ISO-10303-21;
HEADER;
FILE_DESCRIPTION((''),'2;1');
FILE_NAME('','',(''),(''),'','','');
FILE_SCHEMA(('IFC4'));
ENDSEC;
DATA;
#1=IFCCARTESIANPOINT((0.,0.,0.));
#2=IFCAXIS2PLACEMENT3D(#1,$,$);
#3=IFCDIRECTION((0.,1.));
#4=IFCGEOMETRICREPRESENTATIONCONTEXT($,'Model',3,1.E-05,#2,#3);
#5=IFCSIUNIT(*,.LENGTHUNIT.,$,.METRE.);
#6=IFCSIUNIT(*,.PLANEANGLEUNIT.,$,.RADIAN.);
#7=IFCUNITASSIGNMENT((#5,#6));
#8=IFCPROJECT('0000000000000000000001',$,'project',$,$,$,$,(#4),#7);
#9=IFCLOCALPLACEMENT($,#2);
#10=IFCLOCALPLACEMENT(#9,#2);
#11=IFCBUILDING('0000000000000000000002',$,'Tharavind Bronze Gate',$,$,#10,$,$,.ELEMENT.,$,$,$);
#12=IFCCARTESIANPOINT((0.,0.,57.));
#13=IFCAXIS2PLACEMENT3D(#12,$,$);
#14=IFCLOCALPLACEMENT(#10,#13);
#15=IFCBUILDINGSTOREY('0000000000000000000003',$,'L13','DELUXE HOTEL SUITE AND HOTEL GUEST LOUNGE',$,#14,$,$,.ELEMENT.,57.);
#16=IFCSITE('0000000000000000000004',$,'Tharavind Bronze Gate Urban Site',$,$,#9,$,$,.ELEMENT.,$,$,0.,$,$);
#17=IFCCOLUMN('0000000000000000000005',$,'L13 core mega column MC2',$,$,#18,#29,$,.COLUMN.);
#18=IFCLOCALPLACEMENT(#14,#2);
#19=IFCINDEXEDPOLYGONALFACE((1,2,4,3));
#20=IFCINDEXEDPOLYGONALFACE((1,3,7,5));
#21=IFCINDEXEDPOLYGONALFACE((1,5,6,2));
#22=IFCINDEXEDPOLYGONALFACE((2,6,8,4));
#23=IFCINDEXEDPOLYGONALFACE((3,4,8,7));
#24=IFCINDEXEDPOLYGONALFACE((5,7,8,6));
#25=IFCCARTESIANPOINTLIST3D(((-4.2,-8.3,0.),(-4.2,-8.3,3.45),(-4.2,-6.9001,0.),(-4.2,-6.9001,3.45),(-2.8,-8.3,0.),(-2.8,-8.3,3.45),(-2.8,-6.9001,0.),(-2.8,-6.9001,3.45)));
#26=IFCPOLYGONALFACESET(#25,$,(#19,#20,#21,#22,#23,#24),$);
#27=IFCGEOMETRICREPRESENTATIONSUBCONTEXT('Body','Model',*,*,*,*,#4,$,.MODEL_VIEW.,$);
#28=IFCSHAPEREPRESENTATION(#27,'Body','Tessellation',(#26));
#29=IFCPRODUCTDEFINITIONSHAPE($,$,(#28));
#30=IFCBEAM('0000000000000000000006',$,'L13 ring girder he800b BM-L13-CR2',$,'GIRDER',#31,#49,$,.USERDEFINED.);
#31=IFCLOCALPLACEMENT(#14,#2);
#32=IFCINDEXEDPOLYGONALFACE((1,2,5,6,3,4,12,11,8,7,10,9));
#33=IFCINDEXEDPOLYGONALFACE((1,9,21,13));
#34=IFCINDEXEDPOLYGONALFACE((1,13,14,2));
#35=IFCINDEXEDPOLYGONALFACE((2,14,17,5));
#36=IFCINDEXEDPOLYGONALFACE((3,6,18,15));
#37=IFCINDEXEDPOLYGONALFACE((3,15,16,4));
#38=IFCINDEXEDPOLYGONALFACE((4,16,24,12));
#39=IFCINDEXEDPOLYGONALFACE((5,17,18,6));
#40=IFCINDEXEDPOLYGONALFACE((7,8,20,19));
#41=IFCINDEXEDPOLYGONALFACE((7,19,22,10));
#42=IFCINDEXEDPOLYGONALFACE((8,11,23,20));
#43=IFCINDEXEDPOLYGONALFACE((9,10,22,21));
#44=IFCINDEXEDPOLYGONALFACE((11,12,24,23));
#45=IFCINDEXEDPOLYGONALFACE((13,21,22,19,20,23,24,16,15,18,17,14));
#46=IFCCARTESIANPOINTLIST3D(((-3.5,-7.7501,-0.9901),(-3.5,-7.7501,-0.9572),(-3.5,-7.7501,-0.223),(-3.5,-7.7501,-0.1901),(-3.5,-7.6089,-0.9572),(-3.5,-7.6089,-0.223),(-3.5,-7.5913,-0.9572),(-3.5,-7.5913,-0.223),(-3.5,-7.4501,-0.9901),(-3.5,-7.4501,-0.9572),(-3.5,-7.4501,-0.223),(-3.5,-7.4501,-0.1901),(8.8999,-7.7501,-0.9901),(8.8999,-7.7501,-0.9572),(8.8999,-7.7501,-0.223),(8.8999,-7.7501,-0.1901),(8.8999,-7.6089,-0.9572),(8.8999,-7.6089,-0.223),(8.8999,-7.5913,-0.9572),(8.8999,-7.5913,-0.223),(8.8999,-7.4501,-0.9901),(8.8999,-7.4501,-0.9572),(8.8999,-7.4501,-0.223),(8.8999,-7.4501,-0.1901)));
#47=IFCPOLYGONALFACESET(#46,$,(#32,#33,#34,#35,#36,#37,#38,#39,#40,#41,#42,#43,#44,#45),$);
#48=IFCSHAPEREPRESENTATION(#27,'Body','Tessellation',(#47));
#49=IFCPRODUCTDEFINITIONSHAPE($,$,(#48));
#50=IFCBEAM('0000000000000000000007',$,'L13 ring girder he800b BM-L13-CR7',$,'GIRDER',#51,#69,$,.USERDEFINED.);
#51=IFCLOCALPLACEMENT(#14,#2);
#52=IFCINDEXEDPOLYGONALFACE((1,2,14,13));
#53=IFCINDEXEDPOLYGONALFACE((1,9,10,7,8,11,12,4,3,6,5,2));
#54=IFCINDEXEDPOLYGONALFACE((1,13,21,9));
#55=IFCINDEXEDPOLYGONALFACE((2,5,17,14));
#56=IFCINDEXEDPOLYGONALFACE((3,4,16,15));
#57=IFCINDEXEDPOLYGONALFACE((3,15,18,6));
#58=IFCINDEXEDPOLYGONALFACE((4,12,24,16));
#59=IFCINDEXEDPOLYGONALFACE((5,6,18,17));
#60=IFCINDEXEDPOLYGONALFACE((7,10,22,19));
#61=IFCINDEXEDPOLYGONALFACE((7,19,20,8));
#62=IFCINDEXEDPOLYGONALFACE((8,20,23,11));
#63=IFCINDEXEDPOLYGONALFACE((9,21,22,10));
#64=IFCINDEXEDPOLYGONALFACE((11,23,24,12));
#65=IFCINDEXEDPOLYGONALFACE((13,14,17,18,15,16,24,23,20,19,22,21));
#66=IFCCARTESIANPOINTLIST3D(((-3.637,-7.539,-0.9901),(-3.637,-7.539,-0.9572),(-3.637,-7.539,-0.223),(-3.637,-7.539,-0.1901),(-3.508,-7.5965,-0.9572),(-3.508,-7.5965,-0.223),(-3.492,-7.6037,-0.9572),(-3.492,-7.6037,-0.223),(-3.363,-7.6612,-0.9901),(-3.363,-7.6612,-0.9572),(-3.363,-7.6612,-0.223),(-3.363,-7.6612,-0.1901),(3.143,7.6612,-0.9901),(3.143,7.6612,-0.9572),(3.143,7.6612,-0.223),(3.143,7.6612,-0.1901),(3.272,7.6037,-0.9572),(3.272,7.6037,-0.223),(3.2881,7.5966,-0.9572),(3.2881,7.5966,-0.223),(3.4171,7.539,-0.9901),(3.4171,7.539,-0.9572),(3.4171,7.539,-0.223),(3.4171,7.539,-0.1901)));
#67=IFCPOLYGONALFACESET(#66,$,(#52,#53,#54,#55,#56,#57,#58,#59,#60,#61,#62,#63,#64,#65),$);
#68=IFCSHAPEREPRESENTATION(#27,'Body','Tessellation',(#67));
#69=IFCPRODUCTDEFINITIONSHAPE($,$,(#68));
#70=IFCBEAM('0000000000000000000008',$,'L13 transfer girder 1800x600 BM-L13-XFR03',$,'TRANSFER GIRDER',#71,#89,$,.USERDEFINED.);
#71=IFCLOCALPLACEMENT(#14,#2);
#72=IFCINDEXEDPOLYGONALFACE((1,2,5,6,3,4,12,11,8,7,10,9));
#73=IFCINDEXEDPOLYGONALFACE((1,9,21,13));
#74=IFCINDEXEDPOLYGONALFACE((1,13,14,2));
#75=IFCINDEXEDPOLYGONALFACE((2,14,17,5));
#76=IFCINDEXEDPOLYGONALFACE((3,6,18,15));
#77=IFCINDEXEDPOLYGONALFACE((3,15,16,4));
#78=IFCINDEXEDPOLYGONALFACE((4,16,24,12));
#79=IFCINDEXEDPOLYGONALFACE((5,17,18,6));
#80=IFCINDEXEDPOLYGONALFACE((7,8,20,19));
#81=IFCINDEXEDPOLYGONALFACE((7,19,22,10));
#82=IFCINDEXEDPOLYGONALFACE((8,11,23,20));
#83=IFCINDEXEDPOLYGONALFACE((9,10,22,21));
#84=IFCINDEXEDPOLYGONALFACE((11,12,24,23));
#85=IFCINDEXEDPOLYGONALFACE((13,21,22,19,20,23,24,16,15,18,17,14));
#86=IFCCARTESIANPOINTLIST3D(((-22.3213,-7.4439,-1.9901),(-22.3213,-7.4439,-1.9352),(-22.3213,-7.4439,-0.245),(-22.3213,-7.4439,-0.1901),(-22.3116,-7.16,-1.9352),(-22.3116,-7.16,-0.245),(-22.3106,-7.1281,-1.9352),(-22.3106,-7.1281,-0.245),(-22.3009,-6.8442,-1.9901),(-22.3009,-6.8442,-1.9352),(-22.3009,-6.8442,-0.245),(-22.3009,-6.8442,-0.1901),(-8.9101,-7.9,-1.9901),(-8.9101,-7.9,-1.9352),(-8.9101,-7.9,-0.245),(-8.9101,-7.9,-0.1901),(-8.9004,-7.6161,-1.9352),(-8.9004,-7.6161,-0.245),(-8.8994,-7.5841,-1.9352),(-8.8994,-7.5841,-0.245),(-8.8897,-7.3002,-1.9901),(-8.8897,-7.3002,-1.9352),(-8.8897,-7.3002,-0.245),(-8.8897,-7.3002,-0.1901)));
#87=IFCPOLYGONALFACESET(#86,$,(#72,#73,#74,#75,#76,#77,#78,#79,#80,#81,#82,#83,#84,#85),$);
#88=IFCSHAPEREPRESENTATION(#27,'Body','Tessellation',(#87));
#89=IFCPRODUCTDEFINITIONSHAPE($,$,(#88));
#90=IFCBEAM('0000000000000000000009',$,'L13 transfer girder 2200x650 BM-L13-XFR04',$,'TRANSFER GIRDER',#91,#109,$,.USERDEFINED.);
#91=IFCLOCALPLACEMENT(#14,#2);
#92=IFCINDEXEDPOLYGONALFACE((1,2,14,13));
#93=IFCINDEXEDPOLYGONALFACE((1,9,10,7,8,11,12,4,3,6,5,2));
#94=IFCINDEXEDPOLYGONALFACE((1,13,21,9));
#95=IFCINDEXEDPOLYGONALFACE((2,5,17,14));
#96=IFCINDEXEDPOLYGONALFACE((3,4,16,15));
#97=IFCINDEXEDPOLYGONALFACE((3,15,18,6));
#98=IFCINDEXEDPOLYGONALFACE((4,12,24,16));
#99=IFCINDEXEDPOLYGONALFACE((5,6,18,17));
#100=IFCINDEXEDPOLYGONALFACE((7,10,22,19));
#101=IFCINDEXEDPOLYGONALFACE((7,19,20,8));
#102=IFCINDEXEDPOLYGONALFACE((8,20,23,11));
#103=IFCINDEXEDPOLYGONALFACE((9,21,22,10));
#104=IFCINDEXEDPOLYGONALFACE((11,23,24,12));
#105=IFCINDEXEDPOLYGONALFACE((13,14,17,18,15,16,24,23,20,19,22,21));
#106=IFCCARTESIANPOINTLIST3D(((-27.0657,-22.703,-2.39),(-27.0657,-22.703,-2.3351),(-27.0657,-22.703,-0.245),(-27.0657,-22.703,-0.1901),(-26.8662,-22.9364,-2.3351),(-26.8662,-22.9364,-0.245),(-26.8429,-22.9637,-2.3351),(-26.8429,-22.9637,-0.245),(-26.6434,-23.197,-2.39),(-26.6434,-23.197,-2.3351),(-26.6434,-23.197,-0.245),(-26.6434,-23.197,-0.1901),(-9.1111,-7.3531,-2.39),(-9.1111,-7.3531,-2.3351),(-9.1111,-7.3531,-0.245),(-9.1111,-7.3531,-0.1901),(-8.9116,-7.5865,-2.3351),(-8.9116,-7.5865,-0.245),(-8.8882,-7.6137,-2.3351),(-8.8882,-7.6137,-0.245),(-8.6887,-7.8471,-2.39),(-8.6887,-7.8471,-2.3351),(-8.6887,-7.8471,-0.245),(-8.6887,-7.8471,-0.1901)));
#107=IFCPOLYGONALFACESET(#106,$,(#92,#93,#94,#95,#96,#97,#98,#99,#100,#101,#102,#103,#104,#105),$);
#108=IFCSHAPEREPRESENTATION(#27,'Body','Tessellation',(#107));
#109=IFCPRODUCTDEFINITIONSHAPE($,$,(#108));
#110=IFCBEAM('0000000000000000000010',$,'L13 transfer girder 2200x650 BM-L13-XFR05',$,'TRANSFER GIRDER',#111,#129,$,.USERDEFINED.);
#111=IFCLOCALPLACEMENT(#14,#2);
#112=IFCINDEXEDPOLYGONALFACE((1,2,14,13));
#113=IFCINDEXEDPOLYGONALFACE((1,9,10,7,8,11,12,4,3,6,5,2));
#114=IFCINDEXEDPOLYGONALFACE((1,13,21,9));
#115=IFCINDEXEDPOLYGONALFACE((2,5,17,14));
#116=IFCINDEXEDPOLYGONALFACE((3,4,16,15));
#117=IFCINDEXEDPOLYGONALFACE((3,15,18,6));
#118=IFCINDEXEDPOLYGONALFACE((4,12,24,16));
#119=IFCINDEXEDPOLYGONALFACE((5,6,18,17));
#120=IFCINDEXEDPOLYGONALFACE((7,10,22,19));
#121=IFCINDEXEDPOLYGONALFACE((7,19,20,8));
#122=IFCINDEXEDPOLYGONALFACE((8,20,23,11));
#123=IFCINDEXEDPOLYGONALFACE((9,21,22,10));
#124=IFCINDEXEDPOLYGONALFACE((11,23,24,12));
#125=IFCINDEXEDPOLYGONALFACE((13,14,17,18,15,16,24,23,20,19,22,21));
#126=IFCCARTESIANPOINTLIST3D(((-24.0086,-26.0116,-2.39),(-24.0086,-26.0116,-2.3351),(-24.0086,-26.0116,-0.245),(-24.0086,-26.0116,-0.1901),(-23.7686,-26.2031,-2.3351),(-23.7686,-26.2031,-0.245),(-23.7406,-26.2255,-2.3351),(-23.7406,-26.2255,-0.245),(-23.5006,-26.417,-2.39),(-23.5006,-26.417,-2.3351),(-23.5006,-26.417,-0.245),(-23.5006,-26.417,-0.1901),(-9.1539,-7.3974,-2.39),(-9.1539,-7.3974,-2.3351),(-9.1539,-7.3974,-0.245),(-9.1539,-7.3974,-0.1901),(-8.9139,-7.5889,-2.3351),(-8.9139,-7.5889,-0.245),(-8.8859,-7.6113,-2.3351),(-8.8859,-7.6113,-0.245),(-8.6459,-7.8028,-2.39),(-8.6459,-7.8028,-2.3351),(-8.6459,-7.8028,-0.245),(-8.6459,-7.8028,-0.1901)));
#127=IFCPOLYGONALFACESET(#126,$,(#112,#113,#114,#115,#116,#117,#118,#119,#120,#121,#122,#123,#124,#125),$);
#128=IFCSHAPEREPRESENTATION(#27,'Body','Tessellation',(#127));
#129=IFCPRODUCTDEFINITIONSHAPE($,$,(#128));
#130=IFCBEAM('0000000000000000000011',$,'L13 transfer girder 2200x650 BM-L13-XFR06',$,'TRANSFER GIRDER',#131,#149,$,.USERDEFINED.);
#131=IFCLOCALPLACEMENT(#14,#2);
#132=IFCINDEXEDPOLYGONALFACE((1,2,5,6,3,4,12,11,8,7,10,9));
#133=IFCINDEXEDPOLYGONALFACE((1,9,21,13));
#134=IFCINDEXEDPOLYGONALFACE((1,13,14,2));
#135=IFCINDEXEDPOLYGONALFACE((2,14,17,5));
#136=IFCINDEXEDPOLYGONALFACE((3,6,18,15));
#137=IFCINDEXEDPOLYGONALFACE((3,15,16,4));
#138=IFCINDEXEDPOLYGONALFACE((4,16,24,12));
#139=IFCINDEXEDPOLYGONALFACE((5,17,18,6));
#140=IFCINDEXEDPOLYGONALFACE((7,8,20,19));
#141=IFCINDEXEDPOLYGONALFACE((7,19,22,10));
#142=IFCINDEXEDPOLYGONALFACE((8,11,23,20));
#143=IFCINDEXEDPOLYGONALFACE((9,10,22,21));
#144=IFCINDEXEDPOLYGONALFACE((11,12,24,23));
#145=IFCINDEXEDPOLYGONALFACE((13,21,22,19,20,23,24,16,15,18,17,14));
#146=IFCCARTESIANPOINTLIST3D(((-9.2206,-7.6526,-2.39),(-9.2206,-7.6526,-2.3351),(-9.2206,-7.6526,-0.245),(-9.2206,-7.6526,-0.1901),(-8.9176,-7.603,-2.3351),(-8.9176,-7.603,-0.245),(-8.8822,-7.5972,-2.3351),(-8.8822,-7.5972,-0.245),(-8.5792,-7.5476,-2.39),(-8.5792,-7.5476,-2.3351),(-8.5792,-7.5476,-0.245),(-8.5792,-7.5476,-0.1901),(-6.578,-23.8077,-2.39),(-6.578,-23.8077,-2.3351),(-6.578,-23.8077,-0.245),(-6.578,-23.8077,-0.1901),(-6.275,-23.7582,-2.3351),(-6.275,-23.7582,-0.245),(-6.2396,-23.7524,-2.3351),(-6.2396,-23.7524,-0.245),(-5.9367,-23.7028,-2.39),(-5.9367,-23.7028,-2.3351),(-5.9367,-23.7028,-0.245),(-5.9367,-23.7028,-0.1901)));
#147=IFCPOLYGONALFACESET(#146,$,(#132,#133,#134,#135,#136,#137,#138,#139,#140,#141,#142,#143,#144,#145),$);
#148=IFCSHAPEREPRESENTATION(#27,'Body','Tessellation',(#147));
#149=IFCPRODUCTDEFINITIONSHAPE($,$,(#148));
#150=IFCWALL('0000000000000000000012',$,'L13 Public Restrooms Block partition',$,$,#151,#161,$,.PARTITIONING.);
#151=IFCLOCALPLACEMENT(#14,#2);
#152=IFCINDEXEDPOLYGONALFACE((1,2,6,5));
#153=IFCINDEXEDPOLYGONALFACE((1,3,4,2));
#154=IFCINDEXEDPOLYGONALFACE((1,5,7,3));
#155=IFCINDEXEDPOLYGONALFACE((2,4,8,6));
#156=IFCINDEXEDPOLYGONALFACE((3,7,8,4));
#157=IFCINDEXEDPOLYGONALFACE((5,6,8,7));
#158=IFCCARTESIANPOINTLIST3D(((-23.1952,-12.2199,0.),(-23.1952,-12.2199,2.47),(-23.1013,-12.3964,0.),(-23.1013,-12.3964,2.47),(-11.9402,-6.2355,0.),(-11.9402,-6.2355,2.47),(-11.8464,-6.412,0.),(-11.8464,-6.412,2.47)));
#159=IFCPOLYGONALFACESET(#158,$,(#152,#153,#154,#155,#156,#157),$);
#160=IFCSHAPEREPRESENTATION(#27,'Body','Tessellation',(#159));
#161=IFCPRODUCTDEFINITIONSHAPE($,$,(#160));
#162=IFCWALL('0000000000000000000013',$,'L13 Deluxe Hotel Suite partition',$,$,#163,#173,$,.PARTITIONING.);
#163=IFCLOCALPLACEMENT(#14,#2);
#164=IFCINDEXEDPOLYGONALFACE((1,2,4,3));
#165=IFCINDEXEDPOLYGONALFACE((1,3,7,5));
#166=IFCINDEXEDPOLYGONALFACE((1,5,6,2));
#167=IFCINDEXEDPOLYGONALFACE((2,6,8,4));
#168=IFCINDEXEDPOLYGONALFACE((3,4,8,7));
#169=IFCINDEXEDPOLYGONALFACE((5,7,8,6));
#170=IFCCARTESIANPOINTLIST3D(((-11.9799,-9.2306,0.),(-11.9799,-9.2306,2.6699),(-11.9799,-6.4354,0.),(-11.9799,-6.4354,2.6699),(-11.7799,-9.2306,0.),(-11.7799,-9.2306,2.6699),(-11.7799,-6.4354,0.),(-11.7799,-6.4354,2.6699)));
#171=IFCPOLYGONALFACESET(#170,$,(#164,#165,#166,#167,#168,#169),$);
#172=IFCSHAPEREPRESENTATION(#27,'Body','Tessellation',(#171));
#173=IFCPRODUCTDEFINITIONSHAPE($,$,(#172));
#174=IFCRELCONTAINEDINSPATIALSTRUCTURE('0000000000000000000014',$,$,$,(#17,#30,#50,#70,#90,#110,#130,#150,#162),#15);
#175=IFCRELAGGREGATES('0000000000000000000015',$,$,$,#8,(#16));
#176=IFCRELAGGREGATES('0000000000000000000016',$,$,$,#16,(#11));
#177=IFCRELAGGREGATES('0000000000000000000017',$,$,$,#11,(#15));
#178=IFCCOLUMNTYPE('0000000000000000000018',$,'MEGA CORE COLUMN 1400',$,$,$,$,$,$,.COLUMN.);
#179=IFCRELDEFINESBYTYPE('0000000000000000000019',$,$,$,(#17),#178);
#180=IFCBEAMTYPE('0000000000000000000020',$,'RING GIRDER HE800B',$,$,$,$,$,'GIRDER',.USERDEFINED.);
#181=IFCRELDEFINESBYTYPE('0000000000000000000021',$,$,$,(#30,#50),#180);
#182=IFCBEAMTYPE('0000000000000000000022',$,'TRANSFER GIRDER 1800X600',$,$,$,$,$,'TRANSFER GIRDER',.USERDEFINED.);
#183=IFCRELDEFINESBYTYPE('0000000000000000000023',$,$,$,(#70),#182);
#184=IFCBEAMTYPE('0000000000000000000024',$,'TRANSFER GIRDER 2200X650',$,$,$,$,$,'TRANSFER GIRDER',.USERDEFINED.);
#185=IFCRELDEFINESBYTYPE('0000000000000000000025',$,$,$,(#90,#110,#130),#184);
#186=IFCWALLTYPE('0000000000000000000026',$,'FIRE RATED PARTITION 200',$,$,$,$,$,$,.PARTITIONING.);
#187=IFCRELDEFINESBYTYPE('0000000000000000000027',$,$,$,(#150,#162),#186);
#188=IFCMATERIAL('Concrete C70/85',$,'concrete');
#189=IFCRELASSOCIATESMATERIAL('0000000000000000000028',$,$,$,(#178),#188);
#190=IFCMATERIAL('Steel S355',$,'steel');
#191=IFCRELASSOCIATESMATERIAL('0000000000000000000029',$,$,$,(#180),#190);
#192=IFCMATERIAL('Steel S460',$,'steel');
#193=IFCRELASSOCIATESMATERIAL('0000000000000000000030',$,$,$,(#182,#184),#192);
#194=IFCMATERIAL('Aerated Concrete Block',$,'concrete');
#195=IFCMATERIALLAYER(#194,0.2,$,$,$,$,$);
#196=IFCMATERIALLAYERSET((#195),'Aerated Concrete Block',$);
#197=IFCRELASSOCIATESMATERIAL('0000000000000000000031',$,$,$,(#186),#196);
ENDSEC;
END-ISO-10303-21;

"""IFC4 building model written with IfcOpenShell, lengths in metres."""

from ifc_helpers import new_model, si_unit, direction, frame, frame_2d, origin, origin_2d, place, context, subcontext, project, spatial, rectangle, i_section, extrude, material, layer, layer_set, material_profile, profile_set, type_object, element, save


model = new_model("IFC4")

# Units and contexts
model_context = context("Model", 3, precision=1e-05, world=origin(), true_north=direction((0.0, 1.0)))
body_context = subcontext(model_context, "Body", "Model", "MODEL_VIEW")
ifc_project = project(units=[si_unit("LENGTHUNIT", "METRE"), si_unit("PLANEANGLEUNIT", "RADIAN")], contexts=[model_context])

# Site, building, storey
site_placement = place(None, origin())
site = spatial("IfcSite", under=ifc_project, at=site_placement, Name="Tharavind Bronze Gate Urban Site", CompositionType="ELEMENT", RefElevation=0.0)
building_placement = place(site_placement, origin())
building = spatial("IfcBuilding", under=site, at=building_placement, Name="Tharavind Bronze Gate", CompositionType="ELEMENT")
storey_placement = place(building_placement, frame((0.0, 0.0, 57.0)))
storey = spatial("IfcBuildingStorey", under=building, at=storey_placement, Name="L13", Description="DELUXE HOTEL SUITE AND HOTEL GUEST LOUNGE", CompositionType="ELEMENT", Elevation=57.0)

# Column
ifc_material_1 = material(Name="Concrete C70/85", Category="concrete")
ifc_material_profile_1 = material_profile(ifc_material_1, rectangle(XDim=1.3999, YDim=1.3999, at=origin_2d()), Name="RCCOL1400")
ifc_profile_set_1 = profile_set([ifc_material_profile_1], Name="Concrete C70/85")
column_type = type_object("IfcColumnType", Name="MEGA CORE COLUMN 1400", PredefinedType="COLUMN", material=ifc_profile_set_1)
column_placement = place(storey_placement, frame((-3.5, -7.6001, 0.0), z_axis=(0.0, 0.0, 1.0), x_axis=(1.0, 0.0, 0.0)))
element("IfcColumn", 1, at=column_placement, inside=storey, type_object=column_type, Name="L13 core mega column MC2", PredefinedType="COLUMN", context=body_context, shape_type="SweptSolid", body=[
    extrude(rectangle(XDim=1.3999, YDim=1.3999, at=origin_2d()), origin(), (0.0, 0.0, 1.0), 3.45),
])

# Beams
ifc_material_2 = material(Name="Steel S355", Category="steel")
ifc_material_profile_2 = material_profile(ifc_material_2, i_section(OverallWidth=0.3, OverallDepth=0.8, WebThickness=0.0176, FlangeThickness=0.033, at=origin_2d()), Name="HE800B")
ifc_profile_set_2 = profile_set([ifc_material_profile_2], Name="Steel S355")
beam_type_1 = type_object("IfcBeamType", Name="RING GIRDER HE800B", ElementType="GIRDER", PredefinedType="USERDEFINED", material=ifc_profile_set_2)
beam_1_placement = place(storey_placement, frame((-3.5, -7.6001, -0.5901), z_axis=(1.0, 0.0, 0.0), x_axis=(0.0, 1.0, 0.0)))
element("IfcBeam", 2, at=beam_1_placement, inside=storey, type_object=beam_type_1, Name="L13 ring girder he800b BM-L13-CR2", ObjectType="GIRDER", PredefinedType="USERDEFINED", context=body_context, shape_type="SweptSolid", body=[
    extrude(i_section(OverallWidth=0.3, OverallDepth=0.8, WebThickness=0.0176, FlangeThickness=0.033, at=origin_2d()), origin(), (0.0, 0.0, 1.0), 12.3999),
])
beam_2_placement = place(storey_placement, frame((-3.5, -7.6001, -0.5901), z_axis=(0.407362, 0.913267, 0.0), x_axis=(-0.913267, 0.407362, 0.0)))
element("IfcBeam", 3, at=beam_2_placement, inside=storey, type_object=beam_type_1, Name="L13 ring girder he800b BM-L13-CR7", ObjectType="GIRDER", PredefinedType="USERDEFINED", context=body_context, shape_type="SweptSolid", body=[
    extrude(i_section(OverallWidth=0.3, OverallDepth=0.8, WebThickness=0.0176, FlangeThickness=0.033, at=origin_2d()), origin(), (0.0, 0.0, 1.0), 16.6438),
])
ifc_material_3 = material(Name="Steel S460", Category="steel")
ifc_material_profile_3 = material_profile(ifc_material_3, i_section(OverallWidth=0.6001, OverallDepth=1.8, WebThickness=0.032, FlangeThickness=0.0549, at=origin_2d()), Name="PG1800X600")
ifc_profile_set_3 = profile_set([ifc_material_profile_3], Name="Steel S460")
beam_type_2 = type_object("IfcBeamType", Name="TRANSFER GIRDER 1800X600", ElementType="TRANSFER GIRDER", PredefinedType="USERDEFINED", material=ifc_profile_set_3)
beam_3_placement = place(storey_placement, frame((-8.8999, -7.6001, -1.0901), z_axis=(-0.999422, 0.033986, 0.0), x_axis=(-0.033986, -0.999422, 0.0)))
element("IfcBeam", 4, at=beam_3_placement, inside=storey, type_object=beam_type_2, Name="L13 transfer girder 1800x600 BM-L13-XFR03", ObjectType="TRANSFER GIRDER", PredefinedType="USERDEFINED", context=body_context, shape_type="SweptSolid", body=[
    extrude(i_section(OverallWidth=0.6001, OverallDepth=1.8, WebThickness=0.032, FlangeThickness=0.0549, at=origin_2d()), origin(), (0.0, 0.0, 1.0), 13.4189),
])
ifc_material_profile_4 = material_profile(ifc_material_3, i_section(OverallWidth=0.6499, OverallDepth=2.2, WebThickness=0.0359, FlangeThickness=0.0549, at=origin_2d()), Name="PG2200X650")
ifc_profile_set_4 = profile_set([ifc_material_profile_4], Name="Steel S460")
beam_type_3 = type_object("IfcBeamType", Name="TRANSFER GIRDER 2200X650", ElementType="TRANSFER GIRDER", PredefinedType="USERDEFINED", material=ifc_profile_set_4)
beam_4_placement = place(storey_placement, frame((-8.8999, -7.6001, -1.29), z_axis=(-0.760088, -0.64982, 0.0), x_axis=(0.64982, -0.760088, 0.0)))
element("IfcBeam", 5, at=beam_4_placement, inside=storey, type_object=beam_type_3, Name="L13 transfer girder 2200x650 BM-L13-XFR04", ObjectType="TRANSFER GIRDER", PredefinedType="USERDEFINED", context=body_context, shape_type="SweptSolid", body=[
    extrude(i_section(OverallWidth=0.6499, OverallDepth=2.2, WebThickness=0.0359, FlangeThickness=0.0549, at=origin_2d()), origin(), (0.0, 0.0, 1.0), 23.6218),
])
beam_5_placement = place(storey_placement, frame((-8.8999, -7.6001, -1.29), z_axis=(-0.623756, -0.781619, 0.0), x_axis=(0.781619, -0.623756, 0.0)))
element("IfcBeam", 6, at=beam_5_placement, inside=storey, type_object=beam_type_3, Name="L13 transfer girder 2200x650 BM-L13-XFR05", ObjectType="TRANSFER GIRDER", PredefinedType="USERDEFINED", context=body_context, shape_type="SweptSolid", body=[
    extrude(i_section(OverallWidth=0.6499, OverallDepth=2.2, WebThickness=0.0359, FlangeThickness=0.0549, at=origin_2d()), origin(), (0.0, 0.0, 1.0), 23.8149),
])
beam_6_placement = place(storey_placement, frame((-8.8999, -7.6001, -1.29), z_axis=(0.161428, -0.986884, 0.0), x_axis=(0.986884, 0.161428, 0.0)))
element("IfcBeam", 7, at=beam_6_placement, inside=storey, type_object=beam_type_3, Name="L13 transfer girder 2200x650 BM-L13-XFR06", ObjectType="TRANSFER GIRDER", PredefinedType="USERDEFINED", context=body_context, shape_type="SweptSolid", body=[
    extrude(i_section(OverallWidth=0.6499, OverallDepth=2.2, WebThickness=0.0359, FlangeThickness=0.0549, at=origin_2d()), origin(), (0.0, 0.0, 1.0), 16.3699),
])

# Walls
ifc_material_4 = material(Name="Aerated Concrete Block", Category="concrete")
ifc_layer_1 = layer(ifc_material_4, 0.2)
ifc_layer_set_1 = layer_set([ifc_layer_1], Name="Aerated Concrete Block")
wall_type_1 = type_object("IfcWallType", Name="FIRE RATED PARTITION 200", PredefinedType="PARTITIONING", material=ifc_layer_set_1)
wall_1_placement = place(storey_placement, frame((-11.8933, -6.3237, 0.0), z_axis=(0.0, 0.0, 1.0), x_axis=(-0.882946, -0.469474, 0.0)))
element("IfcWall", 8, at=wall_1_placement, inside=storey, type_object=wall_type_1, Name="L13 Public Restrooms Block partition", PredefinedType="PARTITIONING", context=body_context, shape_type="SweptSolid", body=[
    extrude(rectangle(XDim=12.7471, YDim=0.2, at=frame_2d((6.3735, 0.0))), origin(), (0.0, 0.0, 1.0), 2.47),
])
wall_2_placement = place(storey_placement, frame((-11.8799, -6.4355, 0.0), z_axis=(0.0, 0.0, 1.0), x_axis=(0.0, -1.0, 0.0)))
element("IfcWall", 9, at=wall_2_placement, inside=storey, type_object=wall_type_1, Name="L13 Deluxe Hotel Suite partition", PredefinedType="PARTITIONING", context=body_context, shape_type="SweptSolid", body=[
    extrude(rectangle(XDim=2.7952, YDim=0.2, at=frame_2d((1.3975, 0.0))), origin(), (0.0, 0.0, 1.0), 2.6699),
])

save(model, "model.ifc")
